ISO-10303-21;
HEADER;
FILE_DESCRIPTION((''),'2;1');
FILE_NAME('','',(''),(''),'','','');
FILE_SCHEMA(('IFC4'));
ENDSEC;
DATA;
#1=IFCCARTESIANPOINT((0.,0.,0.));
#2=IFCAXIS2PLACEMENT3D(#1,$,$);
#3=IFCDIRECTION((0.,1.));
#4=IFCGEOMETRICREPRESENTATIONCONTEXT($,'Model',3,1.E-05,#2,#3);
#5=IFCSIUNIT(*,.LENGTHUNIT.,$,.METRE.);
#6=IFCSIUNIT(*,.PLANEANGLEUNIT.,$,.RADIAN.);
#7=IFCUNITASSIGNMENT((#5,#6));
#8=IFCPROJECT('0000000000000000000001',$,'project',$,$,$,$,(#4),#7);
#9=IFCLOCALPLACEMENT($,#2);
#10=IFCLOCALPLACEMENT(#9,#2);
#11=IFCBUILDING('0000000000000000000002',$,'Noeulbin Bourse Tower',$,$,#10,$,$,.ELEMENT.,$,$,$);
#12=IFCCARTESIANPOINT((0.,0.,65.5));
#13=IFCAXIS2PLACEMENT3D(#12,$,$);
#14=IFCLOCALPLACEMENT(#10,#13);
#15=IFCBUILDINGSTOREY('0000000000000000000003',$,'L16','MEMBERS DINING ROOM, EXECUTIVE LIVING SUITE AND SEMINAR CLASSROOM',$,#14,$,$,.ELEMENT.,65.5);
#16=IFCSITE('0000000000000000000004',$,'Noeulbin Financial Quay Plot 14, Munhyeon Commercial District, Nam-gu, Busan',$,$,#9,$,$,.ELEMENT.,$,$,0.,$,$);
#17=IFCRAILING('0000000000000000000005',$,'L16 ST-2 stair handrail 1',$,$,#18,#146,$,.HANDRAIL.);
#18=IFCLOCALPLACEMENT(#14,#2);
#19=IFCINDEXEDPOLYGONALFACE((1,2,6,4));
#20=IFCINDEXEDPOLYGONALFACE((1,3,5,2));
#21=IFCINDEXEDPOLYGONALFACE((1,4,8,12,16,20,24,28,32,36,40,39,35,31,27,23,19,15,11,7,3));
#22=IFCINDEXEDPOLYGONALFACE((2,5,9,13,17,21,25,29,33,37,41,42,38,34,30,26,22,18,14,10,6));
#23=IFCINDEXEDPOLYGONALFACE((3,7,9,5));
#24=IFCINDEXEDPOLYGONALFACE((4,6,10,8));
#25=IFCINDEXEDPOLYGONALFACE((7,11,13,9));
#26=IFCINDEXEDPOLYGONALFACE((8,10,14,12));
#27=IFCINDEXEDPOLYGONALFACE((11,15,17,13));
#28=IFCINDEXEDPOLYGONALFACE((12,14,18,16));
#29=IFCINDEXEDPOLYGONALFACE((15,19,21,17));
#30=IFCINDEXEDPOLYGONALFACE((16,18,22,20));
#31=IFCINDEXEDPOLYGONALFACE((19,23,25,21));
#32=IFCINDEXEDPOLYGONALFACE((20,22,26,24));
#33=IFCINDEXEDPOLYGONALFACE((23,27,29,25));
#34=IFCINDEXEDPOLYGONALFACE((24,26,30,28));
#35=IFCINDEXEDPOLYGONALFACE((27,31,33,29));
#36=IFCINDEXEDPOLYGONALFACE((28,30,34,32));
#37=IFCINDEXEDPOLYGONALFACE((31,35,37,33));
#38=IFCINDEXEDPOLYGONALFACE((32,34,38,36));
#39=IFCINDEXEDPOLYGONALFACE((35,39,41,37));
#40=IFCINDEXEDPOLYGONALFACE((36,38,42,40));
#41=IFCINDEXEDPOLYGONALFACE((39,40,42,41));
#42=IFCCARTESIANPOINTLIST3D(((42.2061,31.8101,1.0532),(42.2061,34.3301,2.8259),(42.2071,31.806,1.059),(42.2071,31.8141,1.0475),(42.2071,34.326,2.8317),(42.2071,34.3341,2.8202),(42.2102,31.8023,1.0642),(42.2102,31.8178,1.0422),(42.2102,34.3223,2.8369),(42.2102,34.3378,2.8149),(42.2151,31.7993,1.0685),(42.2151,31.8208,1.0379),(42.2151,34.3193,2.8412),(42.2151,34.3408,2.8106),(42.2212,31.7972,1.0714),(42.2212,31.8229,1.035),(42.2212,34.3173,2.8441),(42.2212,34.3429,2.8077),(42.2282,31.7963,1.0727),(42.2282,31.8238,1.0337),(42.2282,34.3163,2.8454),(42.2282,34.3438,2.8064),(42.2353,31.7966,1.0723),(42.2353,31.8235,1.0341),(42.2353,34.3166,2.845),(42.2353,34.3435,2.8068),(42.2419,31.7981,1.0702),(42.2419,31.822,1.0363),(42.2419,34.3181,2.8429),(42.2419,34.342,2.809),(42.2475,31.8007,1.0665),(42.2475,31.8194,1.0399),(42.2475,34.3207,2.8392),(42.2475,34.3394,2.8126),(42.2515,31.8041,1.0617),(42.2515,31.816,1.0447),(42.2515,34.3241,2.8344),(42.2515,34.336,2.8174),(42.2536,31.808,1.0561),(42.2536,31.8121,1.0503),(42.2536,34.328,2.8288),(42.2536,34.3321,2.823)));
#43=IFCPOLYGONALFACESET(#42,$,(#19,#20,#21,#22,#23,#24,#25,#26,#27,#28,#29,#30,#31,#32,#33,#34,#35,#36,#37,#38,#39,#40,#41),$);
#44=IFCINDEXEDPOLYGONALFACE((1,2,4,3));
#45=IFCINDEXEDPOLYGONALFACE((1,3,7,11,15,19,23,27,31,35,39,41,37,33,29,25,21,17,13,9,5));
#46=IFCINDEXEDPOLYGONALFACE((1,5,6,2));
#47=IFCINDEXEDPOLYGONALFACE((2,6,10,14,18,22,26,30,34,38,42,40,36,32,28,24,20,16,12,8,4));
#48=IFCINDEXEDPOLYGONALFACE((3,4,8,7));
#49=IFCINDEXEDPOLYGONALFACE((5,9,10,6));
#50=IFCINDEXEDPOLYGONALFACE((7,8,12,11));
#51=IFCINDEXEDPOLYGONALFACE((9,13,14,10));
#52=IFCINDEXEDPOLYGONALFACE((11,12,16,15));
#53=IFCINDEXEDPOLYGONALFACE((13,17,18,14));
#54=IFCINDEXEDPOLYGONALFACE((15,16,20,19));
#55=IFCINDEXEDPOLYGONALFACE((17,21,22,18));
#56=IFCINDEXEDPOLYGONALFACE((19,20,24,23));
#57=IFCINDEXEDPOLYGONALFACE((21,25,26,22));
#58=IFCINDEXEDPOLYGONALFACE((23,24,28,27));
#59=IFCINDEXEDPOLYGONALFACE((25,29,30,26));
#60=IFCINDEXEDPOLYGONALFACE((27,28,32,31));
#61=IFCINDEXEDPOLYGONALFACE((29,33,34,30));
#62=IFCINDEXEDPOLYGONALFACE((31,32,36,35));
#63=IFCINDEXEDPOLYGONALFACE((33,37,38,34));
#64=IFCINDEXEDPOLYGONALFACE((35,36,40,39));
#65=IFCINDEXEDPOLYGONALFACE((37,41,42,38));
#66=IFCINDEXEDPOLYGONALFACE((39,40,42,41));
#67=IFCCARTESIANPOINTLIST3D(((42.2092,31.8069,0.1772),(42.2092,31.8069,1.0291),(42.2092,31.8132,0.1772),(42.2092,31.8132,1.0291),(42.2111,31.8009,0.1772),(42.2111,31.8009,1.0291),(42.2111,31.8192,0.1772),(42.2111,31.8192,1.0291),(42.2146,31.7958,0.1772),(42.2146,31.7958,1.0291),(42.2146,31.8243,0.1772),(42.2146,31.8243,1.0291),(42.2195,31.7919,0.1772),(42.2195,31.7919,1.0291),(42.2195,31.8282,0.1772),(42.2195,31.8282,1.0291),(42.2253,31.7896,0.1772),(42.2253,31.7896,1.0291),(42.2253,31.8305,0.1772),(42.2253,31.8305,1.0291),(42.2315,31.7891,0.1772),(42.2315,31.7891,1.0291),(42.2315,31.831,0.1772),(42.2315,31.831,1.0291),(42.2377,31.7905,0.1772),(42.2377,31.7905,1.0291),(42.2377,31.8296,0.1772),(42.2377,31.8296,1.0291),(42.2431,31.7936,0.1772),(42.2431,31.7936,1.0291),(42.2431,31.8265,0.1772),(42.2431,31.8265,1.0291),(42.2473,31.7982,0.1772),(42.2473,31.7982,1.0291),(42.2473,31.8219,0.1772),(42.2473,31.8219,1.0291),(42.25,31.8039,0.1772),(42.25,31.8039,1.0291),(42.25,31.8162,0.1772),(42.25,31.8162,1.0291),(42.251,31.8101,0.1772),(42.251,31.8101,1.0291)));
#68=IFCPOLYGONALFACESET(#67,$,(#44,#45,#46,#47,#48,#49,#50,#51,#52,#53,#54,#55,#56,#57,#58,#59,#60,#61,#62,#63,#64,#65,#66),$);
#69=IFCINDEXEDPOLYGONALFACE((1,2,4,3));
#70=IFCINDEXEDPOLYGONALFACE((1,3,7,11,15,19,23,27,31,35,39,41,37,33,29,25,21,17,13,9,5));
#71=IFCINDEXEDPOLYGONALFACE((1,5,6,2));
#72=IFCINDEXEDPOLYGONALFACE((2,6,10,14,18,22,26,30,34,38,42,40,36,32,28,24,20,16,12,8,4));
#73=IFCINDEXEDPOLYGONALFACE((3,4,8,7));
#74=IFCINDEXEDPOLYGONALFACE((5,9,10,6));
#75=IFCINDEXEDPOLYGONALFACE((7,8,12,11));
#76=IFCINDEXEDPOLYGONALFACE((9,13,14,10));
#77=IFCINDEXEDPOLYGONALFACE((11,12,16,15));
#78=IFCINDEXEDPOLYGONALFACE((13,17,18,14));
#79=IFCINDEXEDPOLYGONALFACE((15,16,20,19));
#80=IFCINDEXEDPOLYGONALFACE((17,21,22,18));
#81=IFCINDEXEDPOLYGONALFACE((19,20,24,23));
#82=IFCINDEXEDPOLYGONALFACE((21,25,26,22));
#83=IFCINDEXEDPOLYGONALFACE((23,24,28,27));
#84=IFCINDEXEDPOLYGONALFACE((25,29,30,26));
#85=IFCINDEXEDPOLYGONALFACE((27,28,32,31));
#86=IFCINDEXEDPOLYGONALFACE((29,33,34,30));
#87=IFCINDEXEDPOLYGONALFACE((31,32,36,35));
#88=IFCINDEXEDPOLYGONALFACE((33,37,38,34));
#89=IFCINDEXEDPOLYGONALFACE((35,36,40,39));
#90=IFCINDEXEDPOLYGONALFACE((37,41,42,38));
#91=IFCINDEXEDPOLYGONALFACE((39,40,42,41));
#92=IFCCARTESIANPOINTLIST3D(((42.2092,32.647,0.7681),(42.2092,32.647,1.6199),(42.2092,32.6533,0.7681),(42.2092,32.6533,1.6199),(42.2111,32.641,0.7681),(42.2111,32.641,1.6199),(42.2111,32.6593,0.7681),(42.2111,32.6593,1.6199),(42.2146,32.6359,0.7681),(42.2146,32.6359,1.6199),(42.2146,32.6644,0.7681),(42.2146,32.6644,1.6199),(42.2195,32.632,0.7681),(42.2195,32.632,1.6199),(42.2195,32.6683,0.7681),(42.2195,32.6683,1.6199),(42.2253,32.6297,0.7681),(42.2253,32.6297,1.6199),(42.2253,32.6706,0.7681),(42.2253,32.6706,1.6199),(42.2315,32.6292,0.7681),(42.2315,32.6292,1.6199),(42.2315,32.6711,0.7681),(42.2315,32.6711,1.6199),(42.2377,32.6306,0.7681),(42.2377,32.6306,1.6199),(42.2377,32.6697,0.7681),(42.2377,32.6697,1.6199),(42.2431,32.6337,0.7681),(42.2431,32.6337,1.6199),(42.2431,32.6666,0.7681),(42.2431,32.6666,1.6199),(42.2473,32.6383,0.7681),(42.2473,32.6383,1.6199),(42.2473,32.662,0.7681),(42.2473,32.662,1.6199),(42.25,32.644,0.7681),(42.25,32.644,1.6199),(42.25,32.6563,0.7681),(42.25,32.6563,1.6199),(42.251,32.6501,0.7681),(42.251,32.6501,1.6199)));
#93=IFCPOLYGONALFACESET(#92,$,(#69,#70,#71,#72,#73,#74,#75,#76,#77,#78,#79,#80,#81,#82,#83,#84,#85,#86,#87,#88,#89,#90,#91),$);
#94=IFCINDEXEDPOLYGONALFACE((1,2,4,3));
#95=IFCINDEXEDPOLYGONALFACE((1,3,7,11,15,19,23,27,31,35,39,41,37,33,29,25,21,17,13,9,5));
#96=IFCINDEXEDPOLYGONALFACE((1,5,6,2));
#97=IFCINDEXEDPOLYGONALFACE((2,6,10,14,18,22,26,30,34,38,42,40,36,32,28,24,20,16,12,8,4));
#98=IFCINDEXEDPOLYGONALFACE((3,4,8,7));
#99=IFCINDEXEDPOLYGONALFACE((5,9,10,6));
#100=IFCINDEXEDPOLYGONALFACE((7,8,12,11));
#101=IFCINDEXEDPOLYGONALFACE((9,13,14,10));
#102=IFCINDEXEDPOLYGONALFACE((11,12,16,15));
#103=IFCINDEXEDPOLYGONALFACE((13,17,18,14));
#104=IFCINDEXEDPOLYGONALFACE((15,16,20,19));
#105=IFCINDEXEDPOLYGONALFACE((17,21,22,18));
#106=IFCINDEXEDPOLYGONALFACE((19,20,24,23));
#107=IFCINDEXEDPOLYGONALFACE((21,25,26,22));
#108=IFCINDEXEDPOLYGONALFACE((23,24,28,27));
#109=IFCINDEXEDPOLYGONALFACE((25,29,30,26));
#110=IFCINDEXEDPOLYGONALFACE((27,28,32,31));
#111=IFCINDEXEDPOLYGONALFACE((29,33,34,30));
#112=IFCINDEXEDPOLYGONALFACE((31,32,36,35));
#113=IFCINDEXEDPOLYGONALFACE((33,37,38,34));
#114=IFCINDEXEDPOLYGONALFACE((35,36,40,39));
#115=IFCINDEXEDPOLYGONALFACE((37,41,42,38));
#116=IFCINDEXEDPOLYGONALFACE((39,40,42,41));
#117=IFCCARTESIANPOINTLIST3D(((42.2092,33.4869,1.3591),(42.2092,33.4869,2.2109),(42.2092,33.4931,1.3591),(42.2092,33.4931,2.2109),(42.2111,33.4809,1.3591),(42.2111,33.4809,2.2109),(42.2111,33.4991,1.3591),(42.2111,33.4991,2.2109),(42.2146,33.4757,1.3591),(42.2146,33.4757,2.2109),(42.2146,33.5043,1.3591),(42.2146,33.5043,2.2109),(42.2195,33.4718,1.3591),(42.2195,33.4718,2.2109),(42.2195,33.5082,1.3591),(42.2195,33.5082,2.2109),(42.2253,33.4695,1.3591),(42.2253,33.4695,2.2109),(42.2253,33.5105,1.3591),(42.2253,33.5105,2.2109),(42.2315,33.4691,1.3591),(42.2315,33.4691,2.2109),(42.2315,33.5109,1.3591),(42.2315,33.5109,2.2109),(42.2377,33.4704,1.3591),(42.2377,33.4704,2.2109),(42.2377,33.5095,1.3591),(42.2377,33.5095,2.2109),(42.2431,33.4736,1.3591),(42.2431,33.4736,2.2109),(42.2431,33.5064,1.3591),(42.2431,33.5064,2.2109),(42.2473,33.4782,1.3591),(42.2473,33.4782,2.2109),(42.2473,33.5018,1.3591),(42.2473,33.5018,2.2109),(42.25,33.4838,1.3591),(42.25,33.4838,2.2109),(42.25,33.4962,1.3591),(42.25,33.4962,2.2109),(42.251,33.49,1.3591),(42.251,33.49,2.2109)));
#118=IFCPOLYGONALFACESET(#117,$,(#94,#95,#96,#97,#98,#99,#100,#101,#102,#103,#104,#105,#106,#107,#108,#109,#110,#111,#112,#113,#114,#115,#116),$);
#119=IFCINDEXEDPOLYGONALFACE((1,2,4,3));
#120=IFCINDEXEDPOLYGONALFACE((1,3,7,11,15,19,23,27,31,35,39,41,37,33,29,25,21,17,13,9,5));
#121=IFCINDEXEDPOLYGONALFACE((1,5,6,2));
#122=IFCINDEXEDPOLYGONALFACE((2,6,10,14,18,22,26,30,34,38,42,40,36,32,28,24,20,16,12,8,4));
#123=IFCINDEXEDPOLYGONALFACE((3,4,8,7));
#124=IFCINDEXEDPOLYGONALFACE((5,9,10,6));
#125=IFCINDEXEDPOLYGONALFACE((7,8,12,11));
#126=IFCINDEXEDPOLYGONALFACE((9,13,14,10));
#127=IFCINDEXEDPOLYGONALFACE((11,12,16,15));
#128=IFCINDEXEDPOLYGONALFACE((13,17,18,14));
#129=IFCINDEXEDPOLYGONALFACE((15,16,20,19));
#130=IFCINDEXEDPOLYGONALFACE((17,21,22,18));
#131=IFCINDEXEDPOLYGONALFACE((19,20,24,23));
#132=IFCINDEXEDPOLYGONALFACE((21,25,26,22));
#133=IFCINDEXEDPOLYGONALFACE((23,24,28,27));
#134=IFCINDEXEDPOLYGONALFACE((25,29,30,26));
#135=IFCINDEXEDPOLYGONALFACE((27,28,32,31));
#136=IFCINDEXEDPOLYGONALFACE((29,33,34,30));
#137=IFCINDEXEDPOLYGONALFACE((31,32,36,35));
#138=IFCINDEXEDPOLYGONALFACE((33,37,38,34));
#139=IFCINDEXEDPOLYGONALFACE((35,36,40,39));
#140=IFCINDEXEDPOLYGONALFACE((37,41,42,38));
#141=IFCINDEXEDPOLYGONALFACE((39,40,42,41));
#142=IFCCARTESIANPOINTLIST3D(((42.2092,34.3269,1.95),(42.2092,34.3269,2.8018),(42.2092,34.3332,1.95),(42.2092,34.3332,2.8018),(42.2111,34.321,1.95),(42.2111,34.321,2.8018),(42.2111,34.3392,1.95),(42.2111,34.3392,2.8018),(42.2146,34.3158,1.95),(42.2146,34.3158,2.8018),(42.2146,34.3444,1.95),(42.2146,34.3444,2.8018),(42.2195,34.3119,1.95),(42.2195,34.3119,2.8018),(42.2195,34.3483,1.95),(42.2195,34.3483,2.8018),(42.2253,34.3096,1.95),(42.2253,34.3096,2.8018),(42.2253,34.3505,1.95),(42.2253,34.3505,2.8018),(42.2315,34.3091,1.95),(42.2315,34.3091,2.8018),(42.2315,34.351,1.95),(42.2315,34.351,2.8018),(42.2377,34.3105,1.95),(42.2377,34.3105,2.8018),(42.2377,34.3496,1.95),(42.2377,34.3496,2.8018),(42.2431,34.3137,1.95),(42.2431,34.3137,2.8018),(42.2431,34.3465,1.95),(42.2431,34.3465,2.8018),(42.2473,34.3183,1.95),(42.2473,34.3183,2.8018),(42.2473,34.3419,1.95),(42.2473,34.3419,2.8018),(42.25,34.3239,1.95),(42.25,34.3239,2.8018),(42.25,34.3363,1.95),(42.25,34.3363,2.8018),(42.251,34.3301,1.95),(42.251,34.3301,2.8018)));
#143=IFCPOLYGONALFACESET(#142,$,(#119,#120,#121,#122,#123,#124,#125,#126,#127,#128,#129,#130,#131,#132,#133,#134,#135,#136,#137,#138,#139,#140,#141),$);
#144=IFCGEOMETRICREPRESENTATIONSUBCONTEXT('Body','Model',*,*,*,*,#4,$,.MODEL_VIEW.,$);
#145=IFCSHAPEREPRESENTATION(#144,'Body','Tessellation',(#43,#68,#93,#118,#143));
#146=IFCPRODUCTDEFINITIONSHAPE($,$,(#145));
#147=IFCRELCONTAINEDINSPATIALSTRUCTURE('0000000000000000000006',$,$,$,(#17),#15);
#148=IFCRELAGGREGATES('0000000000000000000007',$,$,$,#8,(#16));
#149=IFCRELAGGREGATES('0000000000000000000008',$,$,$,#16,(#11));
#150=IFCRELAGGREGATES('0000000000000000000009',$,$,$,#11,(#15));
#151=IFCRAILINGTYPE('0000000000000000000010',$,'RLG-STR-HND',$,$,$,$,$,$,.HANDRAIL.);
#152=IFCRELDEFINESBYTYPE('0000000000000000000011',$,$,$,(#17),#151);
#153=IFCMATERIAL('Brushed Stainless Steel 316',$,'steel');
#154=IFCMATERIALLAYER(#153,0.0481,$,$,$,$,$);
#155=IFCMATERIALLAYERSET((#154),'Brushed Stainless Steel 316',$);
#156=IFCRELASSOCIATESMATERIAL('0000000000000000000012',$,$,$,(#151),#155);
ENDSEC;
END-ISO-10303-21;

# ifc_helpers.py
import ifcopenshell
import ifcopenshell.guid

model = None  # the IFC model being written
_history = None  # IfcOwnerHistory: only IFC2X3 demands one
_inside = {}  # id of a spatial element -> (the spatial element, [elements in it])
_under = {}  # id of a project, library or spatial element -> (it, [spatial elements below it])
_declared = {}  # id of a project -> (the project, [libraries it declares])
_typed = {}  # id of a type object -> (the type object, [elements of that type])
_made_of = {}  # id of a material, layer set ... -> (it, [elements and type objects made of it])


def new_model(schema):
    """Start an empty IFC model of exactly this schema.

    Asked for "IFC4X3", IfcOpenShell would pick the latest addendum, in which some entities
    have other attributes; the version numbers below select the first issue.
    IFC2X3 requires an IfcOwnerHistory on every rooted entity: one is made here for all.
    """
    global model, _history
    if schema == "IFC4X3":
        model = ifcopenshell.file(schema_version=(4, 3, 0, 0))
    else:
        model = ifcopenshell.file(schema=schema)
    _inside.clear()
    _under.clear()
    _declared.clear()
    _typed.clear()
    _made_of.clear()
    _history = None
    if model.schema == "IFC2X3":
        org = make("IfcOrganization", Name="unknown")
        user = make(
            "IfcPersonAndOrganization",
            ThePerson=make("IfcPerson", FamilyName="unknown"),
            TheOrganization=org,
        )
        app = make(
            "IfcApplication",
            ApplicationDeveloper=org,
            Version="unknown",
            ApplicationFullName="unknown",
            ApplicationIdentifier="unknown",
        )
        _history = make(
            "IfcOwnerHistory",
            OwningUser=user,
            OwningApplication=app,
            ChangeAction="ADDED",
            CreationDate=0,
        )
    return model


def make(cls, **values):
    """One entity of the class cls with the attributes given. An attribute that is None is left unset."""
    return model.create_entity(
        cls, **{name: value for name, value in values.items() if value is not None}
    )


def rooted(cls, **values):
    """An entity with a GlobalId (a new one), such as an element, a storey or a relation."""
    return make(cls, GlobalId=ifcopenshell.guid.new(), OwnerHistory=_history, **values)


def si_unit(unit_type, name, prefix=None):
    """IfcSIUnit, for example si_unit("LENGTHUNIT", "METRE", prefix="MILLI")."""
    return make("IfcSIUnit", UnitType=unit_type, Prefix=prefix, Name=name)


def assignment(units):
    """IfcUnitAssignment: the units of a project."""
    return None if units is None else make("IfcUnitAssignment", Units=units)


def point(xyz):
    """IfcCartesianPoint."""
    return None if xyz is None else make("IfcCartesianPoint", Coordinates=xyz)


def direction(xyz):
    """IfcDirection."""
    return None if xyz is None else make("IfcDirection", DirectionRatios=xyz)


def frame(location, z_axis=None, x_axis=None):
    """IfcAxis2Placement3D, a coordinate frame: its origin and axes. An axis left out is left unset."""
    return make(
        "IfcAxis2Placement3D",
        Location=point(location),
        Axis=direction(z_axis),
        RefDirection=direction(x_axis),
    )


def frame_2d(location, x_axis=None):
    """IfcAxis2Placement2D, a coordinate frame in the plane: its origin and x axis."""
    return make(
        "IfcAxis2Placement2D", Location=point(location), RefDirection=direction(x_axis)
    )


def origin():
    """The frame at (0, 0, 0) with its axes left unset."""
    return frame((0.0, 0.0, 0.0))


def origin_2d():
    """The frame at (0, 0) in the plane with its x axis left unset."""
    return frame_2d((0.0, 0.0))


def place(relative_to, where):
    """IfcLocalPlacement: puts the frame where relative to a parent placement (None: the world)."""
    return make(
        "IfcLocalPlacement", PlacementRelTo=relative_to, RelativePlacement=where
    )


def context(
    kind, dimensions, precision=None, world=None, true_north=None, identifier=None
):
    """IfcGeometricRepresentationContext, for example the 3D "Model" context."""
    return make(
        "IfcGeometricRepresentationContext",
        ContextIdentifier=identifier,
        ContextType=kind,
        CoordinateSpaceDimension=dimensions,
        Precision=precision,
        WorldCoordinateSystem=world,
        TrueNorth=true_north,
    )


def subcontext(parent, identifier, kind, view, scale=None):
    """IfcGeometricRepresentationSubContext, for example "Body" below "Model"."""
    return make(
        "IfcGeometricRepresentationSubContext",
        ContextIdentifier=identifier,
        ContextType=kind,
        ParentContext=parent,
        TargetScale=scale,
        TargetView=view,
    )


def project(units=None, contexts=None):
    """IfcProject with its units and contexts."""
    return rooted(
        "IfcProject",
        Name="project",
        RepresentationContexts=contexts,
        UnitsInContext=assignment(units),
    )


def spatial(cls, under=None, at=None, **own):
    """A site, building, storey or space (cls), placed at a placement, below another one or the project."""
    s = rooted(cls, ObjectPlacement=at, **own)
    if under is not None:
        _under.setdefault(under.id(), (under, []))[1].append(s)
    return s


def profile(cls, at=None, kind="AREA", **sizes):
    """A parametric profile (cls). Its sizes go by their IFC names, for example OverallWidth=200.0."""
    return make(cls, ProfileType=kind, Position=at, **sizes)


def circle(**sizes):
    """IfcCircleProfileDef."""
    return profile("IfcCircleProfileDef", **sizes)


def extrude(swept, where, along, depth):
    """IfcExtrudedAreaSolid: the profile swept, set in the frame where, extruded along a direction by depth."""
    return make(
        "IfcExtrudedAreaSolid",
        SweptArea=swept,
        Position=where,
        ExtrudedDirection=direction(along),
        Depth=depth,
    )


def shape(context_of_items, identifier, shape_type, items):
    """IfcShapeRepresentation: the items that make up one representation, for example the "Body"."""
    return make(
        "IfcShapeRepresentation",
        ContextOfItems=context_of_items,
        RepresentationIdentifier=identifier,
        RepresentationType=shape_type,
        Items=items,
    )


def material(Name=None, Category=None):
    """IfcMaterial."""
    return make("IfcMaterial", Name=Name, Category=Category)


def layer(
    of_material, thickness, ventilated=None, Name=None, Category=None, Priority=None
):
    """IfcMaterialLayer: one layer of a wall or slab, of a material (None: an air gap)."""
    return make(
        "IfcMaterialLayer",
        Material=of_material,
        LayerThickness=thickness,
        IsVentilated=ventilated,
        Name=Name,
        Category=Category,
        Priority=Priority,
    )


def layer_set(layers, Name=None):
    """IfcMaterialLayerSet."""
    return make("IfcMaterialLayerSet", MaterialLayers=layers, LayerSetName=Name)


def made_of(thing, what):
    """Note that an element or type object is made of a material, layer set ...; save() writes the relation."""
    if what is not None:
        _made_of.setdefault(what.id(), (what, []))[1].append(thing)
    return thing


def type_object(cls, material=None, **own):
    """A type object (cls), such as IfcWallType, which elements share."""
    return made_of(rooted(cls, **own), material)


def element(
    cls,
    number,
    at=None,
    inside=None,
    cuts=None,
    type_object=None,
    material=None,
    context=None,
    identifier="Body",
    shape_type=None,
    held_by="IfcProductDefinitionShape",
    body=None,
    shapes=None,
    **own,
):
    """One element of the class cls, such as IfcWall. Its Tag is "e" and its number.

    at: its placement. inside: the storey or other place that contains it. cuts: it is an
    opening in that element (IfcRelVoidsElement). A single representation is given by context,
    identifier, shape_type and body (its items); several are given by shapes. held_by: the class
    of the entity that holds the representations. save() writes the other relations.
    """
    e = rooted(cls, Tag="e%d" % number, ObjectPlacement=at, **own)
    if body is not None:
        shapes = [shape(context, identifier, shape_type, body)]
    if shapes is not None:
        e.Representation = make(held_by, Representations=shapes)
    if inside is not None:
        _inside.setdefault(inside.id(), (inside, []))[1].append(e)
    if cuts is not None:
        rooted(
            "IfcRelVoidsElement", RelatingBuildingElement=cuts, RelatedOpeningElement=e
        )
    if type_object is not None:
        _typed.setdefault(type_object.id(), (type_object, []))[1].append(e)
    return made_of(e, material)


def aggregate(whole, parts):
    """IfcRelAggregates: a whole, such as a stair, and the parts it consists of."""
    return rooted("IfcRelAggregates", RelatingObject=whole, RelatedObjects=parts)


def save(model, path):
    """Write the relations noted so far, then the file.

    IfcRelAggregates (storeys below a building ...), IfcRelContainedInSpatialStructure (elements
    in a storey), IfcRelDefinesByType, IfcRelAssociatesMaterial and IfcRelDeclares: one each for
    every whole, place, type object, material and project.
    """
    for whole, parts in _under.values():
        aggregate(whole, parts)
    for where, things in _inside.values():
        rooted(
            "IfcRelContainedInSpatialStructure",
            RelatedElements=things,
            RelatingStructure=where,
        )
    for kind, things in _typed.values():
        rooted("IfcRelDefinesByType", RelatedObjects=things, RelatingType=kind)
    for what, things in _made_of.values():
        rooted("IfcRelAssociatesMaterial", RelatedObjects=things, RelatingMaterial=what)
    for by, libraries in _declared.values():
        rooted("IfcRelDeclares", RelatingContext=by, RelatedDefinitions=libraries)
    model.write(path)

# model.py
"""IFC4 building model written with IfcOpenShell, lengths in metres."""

from ifc_helpers import new_model, si_unit, direction, frame, origin, origin_2d, place, context, subcontext, project, spatial, circle, extrude, material, layer, layer_set, type_object, element, save


model = new_model("IFC4")

# Units and contexts
model_context = context("Model", 3, precision=1e-05, world=origin(), true_north=direction((0.0, 1.0)))
body_context = subcontext(model_context, "Body", "Model", "MODEL_VIEW")
ifc_project = project(units=[si_unit("LENGTHUNIT", "METRE"), si_unit("PLANEANGLEUNIT", "RADIAN")], contexts=[model_context])

# Site, building, storey
site_placement = place(None, origin())
site = spatial("IfcSite", under=ifc_project, at=site_placement, Name="Noeulbin Financial Quay Plot 14, Munhyeon Commercial District, Nam-gu, Busan", CompositionType="ELEMENT", RefElevation=0.0)
building_placement = place(site_placement, origin())
building = spatial("IfcBuilding", under=site, at=building_placement, Name="Noeulbin Bourse Tower", CompositionType="ELEMENT")
storey_placement = place(building_placement, frame((0.0, 0.0, 65.5)))
storey = spatial("IfcBuildingStorey", under=building, at=storey_placement, Name="L16", Description="MEMBERS DINING ROOM, EXECUTIVE LIVING SUITE AND SEMINAR CLASSROOM", CompositionType="ELEMENT", Elevation=65.5)

# Railing
ifc_material_1 = material(Name="Brushed Stainless Steel 316", Category="steel")
ifc_layer_1 = layer(ifc_material_1, 0.0481)
ifc_layer_set_1 = layer_set([ifc_layer_1], Name="Brushed Stainless Steel 316")
railing_type_1 = type_object("IfcRailingType", Name="RLG-STR-HND", PredefinedType="HANDRAIL", material=ifc_layer_set_1)
railing_1_placement = place(storey_placement, frame((42.23, 31.8101, 0.1772)))
element("IfcRailing", 1, at=railing_1_placement, inside=storey, type_object=railing_type_1, Name="L16 ST-2 stair handrail 1", PredefinedType="HANDRAIL", context=body_context, shape_type="SweptSolid", body=[
    extrude(circle(Radius=0.0239, at=origin_2d()), frame((0.0, 0.0, 0.876), z_axis=(0.0, 0.817904, 0.575354), x_axis=(-1.0, 0.0, 0.0)), (0.0, 0.0, 1.0), 3.0811),
    extrude(circle(Radius=0.021, at=origin_2d()), origin(), (0.0, 0.0, 1.0), 0.8518),
    extrude(circle(Radius=0.021, at=origin_2d()), frame((0.0, 0.8401, 0.5908)), (0.0, 0.0, 1.0), 0.8518),
    extrude(circle(Radius=0.021, at=origin_2d()), frame((0.0, 1.6799, 1.1819)), (0.0, 0.0, 1.0), 0.8518),
    extrude(circle(Radius=0.021, at=origin_2d()), frame((0.0, 2.52, 1.7727)), (0.0, 0.0, 1.0), 0.8518),
])

save(model, "model.ifc")
